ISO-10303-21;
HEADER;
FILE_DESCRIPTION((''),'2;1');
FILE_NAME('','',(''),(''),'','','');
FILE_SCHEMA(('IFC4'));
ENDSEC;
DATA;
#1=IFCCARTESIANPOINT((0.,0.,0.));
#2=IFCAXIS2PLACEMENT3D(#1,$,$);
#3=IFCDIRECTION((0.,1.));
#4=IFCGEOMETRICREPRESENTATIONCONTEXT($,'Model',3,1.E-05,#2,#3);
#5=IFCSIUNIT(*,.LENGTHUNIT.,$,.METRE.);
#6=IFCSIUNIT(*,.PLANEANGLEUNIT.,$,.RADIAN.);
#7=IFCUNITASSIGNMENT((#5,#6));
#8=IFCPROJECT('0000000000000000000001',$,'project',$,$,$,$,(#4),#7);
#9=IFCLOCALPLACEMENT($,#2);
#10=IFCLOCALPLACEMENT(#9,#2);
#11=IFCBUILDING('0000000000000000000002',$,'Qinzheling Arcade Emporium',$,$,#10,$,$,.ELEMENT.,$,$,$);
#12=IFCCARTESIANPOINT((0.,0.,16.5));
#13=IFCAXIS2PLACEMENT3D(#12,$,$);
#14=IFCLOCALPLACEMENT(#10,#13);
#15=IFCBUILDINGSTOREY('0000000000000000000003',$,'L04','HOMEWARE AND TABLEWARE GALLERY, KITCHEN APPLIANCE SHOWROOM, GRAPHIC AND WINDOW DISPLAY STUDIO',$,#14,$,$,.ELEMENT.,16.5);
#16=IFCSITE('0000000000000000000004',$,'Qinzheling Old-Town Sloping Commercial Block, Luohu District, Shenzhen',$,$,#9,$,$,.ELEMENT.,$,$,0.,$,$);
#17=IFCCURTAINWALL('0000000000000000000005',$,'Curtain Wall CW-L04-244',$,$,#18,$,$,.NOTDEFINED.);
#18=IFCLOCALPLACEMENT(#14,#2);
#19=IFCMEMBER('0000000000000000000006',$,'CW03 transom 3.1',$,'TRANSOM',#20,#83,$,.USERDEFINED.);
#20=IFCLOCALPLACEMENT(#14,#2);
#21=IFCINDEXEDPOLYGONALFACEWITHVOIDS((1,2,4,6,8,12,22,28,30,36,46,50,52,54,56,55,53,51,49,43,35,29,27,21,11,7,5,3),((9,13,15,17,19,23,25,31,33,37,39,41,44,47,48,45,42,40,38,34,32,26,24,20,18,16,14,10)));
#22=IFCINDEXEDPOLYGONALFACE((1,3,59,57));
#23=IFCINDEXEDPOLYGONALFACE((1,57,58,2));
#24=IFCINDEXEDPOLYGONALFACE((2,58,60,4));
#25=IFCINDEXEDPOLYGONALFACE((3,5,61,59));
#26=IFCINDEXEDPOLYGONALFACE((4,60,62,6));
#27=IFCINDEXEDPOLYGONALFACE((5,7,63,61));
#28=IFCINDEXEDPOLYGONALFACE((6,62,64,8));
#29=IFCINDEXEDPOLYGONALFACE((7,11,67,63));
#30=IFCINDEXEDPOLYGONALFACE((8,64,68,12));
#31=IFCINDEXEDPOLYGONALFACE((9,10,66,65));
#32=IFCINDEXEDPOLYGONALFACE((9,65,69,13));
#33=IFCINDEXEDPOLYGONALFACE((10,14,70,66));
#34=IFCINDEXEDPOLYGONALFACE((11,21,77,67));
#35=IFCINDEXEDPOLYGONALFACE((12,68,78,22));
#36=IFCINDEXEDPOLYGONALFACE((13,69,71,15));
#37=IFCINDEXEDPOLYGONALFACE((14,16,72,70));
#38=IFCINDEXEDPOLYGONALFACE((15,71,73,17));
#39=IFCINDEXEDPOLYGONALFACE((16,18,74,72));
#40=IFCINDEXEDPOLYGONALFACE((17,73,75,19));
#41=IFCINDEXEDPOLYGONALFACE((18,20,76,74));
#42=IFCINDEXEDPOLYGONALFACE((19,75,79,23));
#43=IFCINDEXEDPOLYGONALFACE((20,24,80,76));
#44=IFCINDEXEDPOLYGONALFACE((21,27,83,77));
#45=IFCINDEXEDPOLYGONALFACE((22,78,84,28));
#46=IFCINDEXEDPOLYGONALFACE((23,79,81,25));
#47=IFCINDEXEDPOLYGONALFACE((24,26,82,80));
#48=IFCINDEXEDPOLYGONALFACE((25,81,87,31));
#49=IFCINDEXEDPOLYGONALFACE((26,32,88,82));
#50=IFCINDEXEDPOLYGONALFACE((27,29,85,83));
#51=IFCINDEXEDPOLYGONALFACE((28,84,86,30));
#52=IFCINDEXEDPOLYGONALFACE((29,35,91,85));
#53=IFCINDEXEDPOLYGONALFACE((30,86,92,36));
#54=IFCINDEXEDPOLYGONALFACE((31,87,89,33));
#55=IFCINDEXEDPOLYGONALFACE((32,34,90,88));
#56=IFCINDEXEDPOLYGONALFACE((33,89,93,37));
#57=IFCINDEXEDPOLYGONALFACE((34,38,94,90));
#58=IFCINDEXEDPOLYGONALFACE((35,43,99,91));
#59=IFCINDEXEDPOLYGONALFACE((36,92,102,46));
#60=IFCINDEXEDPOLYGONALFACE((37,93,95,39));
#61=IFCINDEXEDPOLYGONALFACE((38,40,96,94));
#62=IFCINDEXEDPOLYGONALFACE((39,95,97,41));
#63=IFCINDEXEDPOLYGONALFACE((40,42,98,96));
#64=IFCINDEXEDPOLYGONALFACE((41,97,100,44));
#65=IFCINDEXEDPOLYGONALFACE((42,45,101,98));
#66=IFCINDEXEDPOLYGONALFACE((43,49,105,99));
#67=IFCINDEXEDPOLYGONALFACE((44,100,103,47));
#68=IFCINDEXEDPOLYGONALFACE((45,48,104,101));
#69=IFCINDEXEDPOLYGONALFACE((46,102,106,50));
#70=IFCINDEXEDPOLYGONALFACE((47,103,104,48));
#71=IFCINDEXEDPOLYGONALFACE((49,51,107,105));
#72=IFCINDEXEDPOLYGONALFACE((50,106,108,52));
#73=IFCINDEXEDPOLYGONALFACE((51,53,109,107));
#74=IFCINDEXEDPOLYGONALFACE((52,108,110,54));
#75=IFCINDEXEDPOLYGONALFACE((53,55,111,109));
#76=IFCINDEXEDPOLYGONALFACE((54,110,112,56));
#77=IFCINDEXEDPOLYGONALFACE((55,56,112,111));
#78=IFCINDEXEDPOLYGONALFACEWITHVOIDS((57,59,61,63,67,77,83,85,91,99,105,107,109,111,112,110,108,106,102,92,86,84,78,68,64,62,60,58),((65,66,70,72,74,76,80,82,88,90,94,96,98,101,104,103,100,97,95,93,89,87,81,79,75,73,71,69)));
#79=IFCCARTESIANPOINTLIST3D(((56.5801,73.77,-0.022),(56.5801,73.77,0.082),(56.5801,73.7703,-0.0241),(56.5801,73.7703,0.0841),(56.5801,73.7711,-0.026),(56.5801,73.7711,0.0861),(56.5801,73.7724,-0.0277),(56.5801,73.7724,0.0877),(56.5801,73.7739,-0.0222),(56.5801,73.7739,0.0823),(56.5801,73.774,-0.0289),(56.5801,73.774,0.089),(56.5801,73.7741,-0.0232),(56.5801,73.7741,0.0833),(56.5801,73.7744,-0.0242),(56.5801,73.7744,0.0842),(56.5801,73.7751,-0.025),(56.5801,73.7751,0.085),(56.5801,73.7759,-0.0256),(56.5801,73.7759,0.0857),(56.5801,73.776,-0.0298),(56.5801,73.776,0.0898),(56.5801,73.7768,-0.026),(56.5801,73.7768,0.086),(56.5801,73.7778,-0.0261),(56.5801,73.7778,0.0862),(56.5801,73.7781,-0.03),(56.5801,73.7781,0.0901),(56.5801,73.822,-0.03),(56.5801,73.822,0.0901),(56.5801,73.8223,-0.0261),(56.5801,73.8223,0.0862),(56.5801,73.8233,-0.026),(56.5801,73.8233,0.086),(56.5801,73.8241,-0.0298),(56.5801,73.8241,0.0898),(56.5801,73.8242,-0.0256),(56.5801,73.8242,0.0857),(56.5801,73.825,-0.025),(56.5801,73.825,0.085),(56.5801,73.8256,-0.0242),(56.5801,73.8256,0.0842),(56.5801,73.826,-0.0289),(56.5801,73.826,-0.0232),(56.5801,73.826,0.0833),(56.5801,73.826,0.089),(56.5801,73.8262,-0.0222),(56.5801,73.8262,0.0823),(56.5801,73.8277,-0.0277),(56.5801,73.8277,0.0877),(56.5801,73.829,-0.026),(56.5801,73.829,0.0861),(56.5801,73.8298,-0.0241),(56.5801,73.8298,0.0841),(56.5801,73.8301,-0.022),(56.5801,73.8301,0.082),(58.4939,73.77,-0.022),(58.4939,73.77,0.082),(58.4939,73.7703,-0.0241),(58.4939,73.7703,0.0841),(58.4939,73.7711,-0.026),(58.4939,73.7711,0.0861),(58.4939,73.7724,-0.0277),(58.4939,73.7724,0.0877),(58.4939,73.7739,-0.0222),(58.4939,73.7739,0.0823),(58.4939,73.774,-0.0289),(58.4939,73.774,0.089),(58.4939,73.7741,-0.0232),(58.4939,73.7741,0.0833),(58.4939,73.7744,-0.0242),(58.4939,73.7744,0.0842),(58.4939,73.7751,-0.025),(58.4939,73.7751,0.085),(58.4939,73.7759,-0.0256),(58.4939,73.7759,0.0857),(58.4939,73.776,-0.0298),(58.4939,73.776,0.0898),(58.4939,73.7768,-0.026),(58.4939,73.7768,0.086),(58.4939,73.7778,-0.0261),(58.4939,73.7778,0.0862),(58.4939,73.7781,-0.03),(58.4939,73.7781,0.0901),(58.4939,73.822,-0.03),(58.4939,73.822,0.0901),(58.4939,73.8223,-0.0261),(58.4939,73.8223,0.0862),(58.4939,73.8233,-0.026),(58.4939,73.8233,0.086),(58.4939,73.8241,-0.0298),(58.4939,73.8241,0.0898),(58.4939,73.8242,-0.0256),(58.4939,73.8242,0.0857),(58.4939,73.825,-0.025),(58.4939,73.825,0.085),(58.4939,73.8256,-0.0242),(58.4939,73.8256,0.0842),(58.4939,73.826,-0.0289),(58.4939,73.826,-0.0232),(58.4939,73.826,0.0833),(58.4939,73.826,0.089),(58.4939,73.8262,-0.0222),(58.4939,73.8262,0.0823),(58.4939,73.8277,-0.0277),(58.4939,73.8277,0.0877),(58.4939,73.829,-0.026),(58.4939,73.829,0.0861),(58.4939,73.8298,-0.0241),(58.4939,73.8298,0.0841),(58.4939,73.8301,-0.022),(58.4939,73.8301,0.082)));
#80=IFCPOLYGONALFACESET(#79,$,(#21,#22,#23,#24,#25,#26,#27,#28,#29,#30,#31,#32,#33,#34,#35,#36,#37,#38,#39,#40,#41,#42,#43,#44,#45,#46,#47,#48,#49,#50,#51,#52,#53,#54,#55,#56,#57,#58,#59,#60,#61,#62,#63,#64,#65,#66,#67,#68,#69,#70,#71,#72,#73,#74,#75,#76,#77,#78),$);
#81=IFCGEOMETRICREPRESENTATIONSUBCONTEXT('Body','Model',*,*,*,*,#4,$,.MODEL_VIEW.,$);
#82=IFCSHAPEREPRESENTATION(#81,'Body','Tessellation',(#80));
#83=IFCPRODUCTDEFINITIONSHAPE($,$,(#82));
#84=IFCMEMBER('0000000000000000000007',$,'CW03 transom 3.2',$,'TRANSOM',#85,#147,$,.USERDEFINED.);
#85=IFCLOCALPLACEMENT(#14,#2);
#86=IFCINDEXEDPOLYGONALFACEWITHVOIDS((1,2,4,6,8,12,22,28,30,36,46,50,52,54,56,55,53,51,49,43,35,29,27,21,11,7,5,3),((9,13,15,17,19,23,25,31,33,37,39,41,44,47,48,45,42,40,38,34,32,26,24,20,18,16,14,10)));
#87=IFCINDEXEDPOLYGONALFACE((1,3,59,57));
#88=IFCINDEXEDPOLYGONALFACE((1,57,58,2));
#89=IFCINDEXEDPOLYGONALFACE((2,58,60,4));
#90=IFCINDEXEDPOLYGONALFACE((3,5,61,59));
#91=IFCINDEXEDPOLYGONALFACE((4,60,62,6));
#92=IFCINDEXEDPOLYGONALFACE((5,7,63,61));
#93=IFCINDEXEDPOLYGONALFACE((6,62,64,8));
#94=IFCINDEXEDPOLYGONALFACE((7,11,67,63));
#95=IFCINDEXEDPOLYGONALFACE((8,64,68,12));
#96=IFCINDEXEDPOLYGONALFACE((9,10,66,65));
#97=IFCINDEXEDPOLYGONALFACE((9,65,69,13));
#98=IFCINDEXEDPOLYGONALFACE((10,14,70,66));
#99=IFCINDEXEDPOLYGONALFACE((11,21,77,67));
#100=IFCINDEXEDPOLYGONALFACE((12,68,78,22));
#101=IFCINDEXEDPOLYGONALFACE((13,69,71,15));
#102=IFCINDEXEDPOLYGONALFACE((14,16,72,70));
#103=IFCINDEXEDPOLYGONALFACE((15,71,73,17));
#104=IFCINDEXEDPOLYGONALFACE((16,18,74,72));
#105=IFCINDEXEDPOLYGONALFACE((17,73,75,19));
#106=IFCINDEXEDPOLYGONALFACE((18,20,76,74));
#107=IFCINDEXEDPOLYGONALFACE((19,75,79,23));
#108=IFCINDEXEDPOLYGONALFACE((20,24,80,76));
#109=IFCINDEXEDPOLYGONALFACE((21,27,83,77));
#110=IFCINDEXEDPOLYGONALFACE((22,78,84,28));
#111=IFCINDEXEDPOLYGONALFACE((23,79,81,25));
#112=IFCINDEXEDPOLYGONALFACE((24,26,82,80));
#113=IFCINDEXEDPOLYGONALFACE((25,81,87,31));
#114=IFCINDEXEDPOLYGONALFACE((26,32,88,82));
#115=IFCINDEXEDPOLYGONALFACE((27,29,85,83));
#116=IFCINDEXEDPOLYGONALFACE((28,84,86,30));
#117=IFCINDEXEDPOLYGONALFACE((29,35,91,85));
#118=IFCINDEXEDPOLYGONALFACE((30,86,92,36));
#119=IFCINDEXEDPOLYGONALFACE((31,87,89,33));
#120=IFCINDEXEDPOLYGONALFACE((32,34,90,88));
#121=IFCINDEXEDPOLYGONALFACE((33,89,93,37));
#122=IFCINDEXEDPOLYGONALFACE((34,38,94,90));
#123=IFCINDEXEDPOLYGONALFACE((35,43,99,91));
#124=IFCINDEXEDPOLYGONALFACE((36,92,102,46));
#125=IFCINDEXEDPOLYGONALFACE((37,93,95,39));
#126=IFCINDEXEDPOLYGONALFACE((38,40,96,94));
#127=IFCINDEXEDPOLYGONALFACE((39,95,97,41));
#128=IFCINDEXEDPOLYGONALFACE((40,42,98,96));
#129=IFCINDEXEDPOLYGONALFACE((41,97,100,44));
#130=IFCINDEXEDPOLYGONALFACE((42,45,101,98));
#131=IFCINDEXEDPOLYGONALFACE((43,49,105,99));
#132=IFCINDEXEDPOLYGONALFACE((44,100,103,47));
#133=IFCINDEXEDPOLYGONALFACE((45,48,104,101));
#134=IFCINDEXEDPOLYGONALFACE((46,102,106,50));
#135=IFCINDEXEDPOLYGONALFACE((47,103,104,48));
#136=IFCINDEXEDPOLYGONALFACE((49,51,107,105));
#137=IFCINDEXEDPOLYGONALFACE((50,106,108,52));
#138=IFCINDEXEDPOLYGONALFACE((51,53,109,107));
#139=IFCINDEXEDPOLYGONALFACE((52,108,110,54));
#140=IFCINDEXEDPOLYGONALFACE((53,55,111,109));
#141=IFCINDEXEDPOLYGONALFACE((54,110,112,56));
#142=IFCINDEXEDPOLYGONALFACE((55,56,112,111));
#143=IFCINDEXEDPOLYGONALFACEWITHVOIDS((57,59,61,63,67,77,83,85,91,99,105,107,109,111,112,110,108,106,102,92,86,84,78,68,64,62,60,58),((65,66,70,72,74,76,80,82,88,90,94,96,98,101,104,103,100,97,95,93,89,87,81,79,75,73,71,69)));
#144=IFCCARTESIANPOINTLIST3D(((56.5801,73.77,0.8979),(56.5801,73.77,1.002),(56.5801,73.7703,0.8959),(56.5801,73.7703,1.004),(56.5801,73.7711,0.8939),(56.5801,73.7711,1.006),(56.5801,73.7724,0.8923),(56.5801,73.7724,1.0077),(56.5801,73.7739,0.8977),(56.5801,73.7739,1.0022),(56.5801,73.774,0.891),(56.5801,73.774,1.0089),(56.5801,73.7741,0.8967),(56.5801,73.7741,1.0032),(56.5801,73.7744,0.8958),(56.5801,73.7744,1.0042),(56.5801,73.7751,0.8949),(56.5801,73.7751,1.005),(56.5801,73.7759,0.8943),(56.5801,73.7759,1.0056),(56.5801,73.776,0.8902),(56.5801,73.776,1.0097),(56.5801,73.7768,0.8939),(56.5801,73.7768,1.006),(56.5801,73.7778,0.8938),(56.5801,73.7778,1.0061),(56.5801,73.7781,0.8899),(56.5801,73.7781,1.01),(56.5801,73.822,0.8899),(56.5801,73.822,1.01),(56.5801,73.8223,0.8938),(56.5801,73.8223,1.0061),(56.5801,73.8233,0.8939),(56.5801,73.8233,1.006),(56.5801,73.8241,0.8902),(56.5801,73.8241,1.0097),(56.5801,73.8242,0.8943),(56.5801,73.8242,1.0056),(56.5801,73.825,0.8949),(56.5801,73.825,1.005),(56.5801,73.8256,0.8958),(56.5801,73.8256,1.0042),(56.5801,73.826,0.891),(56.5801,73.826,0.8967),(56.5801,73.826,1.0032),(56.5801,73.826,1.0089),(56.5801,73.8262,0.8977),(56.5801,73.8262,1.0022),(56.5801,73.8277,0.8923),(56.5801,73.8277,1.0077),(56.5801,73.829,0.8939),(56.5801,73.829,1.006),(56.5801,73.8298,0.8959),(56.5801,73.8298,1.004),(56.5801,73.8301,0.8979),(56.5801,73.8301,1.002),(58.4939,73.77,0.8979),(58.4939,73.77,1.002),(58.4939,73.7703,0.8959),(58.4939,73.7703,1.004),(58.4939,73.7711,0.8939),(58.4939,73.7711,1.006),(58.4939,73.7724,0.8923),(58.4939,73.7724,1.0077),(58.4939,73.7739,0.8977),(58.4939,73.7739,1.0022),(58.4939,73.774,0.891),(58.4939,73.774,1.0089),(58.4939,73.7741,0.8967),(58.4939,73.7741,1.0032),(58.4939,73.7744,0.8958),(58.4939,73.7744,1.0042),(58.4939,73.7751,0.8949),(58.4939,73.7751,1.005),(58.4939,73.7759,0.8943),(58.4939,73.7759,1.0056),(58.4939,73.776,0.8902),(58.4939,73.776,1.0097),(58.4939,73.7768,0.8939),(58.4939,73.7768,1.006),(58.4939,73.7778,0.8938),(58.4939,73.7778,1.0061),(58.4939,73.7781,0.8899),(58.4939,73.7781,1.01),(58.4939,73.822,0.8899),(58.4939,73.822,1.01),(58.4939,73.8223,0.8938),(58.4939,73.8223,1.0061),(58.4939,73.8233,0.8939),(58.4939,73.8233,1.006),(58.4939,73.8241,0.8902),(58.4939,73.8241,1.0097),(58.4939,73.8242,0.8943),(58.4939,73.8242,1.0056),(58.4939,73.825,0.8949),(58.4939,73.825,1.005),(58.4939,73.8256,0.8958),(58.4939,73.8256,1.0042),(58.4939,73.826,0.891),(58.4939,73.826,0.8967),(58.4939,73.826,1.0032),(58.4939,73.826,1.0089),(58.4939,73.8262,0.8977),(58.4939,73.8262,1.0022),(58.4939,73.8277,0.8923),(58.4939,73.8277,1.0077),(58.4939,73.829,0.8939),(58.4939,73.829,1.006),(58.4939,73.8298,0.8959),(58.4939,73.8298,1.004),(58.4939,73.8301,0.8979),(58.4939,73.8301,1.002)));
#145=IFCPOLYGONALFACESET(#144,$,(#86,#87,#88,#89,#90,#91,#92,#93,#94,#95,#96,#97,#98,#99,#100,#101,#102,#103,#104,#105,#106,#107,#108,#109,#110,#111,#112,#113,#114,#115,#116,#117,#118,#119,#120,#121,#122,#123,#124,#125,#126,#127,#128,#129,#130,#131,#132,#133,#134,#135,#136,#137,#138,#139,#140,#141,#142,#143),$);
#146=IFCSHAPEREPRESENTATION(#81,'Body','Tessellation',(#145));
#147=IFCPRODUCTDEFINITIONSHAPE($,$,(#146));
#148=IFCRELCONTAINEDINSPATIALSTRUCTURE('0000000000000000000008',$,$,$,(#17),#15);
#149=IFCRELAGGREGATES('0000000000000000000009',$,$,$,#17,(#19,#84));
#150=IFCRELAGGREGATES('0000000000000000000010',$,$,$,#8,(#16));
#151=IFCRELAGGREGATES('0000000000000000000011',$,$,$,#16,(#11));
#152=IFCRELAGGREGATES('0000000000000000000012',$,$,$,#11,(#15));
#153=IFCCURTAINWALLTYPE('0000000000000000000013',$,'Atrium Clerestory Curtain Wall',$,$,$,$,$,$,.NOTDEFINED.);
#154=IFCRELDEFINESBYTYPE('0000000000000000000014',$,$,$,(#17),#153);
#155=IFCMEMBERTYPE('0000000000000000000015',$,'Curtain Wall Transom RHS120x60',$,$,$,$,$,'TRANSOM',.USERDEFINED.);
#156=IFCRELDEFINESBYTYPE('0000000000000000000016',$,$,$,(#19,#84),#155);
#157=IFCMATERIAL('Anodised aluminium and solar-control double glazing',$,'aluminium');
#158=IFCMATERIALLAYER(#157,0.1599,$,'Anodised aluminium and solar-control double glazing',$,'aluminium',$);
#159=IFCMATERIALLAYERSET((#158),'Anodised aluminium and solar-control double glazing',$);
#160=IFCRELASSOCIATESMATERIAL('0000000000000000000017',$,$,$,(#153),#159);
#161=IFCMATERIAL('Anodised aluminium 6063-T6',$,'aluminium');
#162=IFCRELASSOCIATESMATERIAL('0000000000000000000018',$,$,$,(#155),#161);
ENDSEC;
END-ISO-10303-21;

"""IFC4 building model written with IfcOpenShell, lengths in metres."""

from ifc_helpers import new_model, si_unit, direction, frame, origin, origin_2d, place, context, subcontext, project, spatial, hollow_rectangle, extrude, material, layer, layer_set, material_profile, profile_set, type_object, element, aggregate, save


model = new_model("IFC4")

# Units and contexts
model_context = context("Model", 3, precision=1e-05, world=origin(), true_north=direction((0.0, 1.0)))
body_context = subcontext(model_context, "Body", "Model", "MODEL_VIEW")
ifc_project = project(units=[si_unit("LENGTHUNIT", "METRE"), si_unit("PLANEANGLEUNIT", "RADIAN")], contexts=[model_context])

# Site, building, storey
site_placement = place(None, origin())
site = spatial("IfcSite", under=ifc_project, at=site_placement, Name="Qinzheling Old-Town Sloping Commercial Block, Luohu District, Shenzhen", CompositionType="ELEMENT", RefElevation=0.0)
building_placement = place(site_placement, origin())
building = spatial("IfcBuilding", under=site, at=building_placement, Name="Qinzheling Arcade Emporium", CompositionType="ELEMENT")
storey_placement = place(building_placement, frame((0.0, 0.0, 16.5)))
storey = spatial("IfcBuildingStorey", under=building, at=storey_placement, Name="L04", Description="HOMEWARE AND TABLEWARE GALLERY, KITCHEN APPLIANCE SHOWROOM, GRAPHIC AND WINDOW DISPLAY STUDIO", CompositionType="ELEMENT", Elevation=16.5)

# Curtain wall
ifc_material_1 = material(Name="Anodised aluminium and solar-control double glazing", Category="aluminium")
ifc_layer_1 = layer(ifc_material_1, 0.1599, Name="Anodised aluminium and solar-control double glazing", Category="aluminium")
ifc_layer_set_1 = layer_set([ifc_layer_1], Name="Anodised aluminium and solar-control double glazing")
curtain_wall_type = type_object("IfcCurtainWallType", Name="Atrium Clerestory Curtain Wall", PredefinedType="NOTDEFINED", material=ifc_layer_set_1)
curtain_wall_1_placement = place(storey_placement, origin())
curtain_wall_1 = element("IfcCurtainWall", 1, at=curtain_wall_1_placement, inside=storey, type_object=curtain_wall_type, Name="Curtain Wall CW-L04-244", PredefinedType="NOTDEFINED")
ifc_material_2 = material(Name="Anodised aluminium 6063-T6", Category="aluminium")

# Members
ifc_material_profile_1 = material_profile(ifc_material_2, hollow_rectangle(XDim=0.0601, YDim=0.1201, WallThickness=0.0039, InnerFilletRadius=0.0039, OuterFilletRadius=0.0081, at=origin_2d()), Name="RHS 120x60x4", Category="aluminium")
ifc_profile_set_1 = profile_set([ifc_material_profile_1], Name="Anodised aluminium 6063-T6")
member_type_1 = type_object("IfcMemberType", Name="Curtain Wall Transom RHS120x60", ElementType="TRANSOM", PredefinedType="USERDEFINED", material=ifc_profile_set_1)
member_1_placement = place(storey_placement, frame((56.5801, 73.8, 0.03), z_axis=(1.0, 0.0, 0.0), x_axis=(0.0, 1.0, 0.0)))
member_1 = element("IfcMember", 2, at=member_1_placement, type_object=member_type_1, Name="CW03 transom 3.1", ObjectType="TRANSOM", PredefinedType="USERDEFINED", context=body_context, shape_type="SweptSolid", body=[
    extrude(hollow_rectangle(XDim=0.0601, YDim=0.1201, WallThickness=0.0039, InnerFilletRadius=0.0039, OuterFilletRadius=0.0081, at=origin_2d()), origin(), (0.0, 0.0, 1.0), 1.9138),
])
member_2_placement = place(storey_placement, frame((56.5801, 73.8, 0.95), z_axis=(1.0, 0.0, 0.0), x_axis=(0.0, 1.0, 0.0)))
member_2 = element("IfcMember", 3, at=member_2_placement, type_object=member_type_1, Name="CW03 transom 3.2", ObjectType="TRANSOM", PredefinedType="USERDEFINED", context=body_context, shape_type="SweptSolid", body=[
    extrude(hollow_rectangle(XDim=0.0601, YDim=0.1201, WallThickness=0.0039, InnerFilletRadius=0.0039, OuterFilletRadius=0.0081, at=origin_2d()), origin(), (0.0, 0.0, 1.0), 1.9138),
])

aggregate(curtain_wall_1, [member_1, member_2])

save(model, "model.ifc")
